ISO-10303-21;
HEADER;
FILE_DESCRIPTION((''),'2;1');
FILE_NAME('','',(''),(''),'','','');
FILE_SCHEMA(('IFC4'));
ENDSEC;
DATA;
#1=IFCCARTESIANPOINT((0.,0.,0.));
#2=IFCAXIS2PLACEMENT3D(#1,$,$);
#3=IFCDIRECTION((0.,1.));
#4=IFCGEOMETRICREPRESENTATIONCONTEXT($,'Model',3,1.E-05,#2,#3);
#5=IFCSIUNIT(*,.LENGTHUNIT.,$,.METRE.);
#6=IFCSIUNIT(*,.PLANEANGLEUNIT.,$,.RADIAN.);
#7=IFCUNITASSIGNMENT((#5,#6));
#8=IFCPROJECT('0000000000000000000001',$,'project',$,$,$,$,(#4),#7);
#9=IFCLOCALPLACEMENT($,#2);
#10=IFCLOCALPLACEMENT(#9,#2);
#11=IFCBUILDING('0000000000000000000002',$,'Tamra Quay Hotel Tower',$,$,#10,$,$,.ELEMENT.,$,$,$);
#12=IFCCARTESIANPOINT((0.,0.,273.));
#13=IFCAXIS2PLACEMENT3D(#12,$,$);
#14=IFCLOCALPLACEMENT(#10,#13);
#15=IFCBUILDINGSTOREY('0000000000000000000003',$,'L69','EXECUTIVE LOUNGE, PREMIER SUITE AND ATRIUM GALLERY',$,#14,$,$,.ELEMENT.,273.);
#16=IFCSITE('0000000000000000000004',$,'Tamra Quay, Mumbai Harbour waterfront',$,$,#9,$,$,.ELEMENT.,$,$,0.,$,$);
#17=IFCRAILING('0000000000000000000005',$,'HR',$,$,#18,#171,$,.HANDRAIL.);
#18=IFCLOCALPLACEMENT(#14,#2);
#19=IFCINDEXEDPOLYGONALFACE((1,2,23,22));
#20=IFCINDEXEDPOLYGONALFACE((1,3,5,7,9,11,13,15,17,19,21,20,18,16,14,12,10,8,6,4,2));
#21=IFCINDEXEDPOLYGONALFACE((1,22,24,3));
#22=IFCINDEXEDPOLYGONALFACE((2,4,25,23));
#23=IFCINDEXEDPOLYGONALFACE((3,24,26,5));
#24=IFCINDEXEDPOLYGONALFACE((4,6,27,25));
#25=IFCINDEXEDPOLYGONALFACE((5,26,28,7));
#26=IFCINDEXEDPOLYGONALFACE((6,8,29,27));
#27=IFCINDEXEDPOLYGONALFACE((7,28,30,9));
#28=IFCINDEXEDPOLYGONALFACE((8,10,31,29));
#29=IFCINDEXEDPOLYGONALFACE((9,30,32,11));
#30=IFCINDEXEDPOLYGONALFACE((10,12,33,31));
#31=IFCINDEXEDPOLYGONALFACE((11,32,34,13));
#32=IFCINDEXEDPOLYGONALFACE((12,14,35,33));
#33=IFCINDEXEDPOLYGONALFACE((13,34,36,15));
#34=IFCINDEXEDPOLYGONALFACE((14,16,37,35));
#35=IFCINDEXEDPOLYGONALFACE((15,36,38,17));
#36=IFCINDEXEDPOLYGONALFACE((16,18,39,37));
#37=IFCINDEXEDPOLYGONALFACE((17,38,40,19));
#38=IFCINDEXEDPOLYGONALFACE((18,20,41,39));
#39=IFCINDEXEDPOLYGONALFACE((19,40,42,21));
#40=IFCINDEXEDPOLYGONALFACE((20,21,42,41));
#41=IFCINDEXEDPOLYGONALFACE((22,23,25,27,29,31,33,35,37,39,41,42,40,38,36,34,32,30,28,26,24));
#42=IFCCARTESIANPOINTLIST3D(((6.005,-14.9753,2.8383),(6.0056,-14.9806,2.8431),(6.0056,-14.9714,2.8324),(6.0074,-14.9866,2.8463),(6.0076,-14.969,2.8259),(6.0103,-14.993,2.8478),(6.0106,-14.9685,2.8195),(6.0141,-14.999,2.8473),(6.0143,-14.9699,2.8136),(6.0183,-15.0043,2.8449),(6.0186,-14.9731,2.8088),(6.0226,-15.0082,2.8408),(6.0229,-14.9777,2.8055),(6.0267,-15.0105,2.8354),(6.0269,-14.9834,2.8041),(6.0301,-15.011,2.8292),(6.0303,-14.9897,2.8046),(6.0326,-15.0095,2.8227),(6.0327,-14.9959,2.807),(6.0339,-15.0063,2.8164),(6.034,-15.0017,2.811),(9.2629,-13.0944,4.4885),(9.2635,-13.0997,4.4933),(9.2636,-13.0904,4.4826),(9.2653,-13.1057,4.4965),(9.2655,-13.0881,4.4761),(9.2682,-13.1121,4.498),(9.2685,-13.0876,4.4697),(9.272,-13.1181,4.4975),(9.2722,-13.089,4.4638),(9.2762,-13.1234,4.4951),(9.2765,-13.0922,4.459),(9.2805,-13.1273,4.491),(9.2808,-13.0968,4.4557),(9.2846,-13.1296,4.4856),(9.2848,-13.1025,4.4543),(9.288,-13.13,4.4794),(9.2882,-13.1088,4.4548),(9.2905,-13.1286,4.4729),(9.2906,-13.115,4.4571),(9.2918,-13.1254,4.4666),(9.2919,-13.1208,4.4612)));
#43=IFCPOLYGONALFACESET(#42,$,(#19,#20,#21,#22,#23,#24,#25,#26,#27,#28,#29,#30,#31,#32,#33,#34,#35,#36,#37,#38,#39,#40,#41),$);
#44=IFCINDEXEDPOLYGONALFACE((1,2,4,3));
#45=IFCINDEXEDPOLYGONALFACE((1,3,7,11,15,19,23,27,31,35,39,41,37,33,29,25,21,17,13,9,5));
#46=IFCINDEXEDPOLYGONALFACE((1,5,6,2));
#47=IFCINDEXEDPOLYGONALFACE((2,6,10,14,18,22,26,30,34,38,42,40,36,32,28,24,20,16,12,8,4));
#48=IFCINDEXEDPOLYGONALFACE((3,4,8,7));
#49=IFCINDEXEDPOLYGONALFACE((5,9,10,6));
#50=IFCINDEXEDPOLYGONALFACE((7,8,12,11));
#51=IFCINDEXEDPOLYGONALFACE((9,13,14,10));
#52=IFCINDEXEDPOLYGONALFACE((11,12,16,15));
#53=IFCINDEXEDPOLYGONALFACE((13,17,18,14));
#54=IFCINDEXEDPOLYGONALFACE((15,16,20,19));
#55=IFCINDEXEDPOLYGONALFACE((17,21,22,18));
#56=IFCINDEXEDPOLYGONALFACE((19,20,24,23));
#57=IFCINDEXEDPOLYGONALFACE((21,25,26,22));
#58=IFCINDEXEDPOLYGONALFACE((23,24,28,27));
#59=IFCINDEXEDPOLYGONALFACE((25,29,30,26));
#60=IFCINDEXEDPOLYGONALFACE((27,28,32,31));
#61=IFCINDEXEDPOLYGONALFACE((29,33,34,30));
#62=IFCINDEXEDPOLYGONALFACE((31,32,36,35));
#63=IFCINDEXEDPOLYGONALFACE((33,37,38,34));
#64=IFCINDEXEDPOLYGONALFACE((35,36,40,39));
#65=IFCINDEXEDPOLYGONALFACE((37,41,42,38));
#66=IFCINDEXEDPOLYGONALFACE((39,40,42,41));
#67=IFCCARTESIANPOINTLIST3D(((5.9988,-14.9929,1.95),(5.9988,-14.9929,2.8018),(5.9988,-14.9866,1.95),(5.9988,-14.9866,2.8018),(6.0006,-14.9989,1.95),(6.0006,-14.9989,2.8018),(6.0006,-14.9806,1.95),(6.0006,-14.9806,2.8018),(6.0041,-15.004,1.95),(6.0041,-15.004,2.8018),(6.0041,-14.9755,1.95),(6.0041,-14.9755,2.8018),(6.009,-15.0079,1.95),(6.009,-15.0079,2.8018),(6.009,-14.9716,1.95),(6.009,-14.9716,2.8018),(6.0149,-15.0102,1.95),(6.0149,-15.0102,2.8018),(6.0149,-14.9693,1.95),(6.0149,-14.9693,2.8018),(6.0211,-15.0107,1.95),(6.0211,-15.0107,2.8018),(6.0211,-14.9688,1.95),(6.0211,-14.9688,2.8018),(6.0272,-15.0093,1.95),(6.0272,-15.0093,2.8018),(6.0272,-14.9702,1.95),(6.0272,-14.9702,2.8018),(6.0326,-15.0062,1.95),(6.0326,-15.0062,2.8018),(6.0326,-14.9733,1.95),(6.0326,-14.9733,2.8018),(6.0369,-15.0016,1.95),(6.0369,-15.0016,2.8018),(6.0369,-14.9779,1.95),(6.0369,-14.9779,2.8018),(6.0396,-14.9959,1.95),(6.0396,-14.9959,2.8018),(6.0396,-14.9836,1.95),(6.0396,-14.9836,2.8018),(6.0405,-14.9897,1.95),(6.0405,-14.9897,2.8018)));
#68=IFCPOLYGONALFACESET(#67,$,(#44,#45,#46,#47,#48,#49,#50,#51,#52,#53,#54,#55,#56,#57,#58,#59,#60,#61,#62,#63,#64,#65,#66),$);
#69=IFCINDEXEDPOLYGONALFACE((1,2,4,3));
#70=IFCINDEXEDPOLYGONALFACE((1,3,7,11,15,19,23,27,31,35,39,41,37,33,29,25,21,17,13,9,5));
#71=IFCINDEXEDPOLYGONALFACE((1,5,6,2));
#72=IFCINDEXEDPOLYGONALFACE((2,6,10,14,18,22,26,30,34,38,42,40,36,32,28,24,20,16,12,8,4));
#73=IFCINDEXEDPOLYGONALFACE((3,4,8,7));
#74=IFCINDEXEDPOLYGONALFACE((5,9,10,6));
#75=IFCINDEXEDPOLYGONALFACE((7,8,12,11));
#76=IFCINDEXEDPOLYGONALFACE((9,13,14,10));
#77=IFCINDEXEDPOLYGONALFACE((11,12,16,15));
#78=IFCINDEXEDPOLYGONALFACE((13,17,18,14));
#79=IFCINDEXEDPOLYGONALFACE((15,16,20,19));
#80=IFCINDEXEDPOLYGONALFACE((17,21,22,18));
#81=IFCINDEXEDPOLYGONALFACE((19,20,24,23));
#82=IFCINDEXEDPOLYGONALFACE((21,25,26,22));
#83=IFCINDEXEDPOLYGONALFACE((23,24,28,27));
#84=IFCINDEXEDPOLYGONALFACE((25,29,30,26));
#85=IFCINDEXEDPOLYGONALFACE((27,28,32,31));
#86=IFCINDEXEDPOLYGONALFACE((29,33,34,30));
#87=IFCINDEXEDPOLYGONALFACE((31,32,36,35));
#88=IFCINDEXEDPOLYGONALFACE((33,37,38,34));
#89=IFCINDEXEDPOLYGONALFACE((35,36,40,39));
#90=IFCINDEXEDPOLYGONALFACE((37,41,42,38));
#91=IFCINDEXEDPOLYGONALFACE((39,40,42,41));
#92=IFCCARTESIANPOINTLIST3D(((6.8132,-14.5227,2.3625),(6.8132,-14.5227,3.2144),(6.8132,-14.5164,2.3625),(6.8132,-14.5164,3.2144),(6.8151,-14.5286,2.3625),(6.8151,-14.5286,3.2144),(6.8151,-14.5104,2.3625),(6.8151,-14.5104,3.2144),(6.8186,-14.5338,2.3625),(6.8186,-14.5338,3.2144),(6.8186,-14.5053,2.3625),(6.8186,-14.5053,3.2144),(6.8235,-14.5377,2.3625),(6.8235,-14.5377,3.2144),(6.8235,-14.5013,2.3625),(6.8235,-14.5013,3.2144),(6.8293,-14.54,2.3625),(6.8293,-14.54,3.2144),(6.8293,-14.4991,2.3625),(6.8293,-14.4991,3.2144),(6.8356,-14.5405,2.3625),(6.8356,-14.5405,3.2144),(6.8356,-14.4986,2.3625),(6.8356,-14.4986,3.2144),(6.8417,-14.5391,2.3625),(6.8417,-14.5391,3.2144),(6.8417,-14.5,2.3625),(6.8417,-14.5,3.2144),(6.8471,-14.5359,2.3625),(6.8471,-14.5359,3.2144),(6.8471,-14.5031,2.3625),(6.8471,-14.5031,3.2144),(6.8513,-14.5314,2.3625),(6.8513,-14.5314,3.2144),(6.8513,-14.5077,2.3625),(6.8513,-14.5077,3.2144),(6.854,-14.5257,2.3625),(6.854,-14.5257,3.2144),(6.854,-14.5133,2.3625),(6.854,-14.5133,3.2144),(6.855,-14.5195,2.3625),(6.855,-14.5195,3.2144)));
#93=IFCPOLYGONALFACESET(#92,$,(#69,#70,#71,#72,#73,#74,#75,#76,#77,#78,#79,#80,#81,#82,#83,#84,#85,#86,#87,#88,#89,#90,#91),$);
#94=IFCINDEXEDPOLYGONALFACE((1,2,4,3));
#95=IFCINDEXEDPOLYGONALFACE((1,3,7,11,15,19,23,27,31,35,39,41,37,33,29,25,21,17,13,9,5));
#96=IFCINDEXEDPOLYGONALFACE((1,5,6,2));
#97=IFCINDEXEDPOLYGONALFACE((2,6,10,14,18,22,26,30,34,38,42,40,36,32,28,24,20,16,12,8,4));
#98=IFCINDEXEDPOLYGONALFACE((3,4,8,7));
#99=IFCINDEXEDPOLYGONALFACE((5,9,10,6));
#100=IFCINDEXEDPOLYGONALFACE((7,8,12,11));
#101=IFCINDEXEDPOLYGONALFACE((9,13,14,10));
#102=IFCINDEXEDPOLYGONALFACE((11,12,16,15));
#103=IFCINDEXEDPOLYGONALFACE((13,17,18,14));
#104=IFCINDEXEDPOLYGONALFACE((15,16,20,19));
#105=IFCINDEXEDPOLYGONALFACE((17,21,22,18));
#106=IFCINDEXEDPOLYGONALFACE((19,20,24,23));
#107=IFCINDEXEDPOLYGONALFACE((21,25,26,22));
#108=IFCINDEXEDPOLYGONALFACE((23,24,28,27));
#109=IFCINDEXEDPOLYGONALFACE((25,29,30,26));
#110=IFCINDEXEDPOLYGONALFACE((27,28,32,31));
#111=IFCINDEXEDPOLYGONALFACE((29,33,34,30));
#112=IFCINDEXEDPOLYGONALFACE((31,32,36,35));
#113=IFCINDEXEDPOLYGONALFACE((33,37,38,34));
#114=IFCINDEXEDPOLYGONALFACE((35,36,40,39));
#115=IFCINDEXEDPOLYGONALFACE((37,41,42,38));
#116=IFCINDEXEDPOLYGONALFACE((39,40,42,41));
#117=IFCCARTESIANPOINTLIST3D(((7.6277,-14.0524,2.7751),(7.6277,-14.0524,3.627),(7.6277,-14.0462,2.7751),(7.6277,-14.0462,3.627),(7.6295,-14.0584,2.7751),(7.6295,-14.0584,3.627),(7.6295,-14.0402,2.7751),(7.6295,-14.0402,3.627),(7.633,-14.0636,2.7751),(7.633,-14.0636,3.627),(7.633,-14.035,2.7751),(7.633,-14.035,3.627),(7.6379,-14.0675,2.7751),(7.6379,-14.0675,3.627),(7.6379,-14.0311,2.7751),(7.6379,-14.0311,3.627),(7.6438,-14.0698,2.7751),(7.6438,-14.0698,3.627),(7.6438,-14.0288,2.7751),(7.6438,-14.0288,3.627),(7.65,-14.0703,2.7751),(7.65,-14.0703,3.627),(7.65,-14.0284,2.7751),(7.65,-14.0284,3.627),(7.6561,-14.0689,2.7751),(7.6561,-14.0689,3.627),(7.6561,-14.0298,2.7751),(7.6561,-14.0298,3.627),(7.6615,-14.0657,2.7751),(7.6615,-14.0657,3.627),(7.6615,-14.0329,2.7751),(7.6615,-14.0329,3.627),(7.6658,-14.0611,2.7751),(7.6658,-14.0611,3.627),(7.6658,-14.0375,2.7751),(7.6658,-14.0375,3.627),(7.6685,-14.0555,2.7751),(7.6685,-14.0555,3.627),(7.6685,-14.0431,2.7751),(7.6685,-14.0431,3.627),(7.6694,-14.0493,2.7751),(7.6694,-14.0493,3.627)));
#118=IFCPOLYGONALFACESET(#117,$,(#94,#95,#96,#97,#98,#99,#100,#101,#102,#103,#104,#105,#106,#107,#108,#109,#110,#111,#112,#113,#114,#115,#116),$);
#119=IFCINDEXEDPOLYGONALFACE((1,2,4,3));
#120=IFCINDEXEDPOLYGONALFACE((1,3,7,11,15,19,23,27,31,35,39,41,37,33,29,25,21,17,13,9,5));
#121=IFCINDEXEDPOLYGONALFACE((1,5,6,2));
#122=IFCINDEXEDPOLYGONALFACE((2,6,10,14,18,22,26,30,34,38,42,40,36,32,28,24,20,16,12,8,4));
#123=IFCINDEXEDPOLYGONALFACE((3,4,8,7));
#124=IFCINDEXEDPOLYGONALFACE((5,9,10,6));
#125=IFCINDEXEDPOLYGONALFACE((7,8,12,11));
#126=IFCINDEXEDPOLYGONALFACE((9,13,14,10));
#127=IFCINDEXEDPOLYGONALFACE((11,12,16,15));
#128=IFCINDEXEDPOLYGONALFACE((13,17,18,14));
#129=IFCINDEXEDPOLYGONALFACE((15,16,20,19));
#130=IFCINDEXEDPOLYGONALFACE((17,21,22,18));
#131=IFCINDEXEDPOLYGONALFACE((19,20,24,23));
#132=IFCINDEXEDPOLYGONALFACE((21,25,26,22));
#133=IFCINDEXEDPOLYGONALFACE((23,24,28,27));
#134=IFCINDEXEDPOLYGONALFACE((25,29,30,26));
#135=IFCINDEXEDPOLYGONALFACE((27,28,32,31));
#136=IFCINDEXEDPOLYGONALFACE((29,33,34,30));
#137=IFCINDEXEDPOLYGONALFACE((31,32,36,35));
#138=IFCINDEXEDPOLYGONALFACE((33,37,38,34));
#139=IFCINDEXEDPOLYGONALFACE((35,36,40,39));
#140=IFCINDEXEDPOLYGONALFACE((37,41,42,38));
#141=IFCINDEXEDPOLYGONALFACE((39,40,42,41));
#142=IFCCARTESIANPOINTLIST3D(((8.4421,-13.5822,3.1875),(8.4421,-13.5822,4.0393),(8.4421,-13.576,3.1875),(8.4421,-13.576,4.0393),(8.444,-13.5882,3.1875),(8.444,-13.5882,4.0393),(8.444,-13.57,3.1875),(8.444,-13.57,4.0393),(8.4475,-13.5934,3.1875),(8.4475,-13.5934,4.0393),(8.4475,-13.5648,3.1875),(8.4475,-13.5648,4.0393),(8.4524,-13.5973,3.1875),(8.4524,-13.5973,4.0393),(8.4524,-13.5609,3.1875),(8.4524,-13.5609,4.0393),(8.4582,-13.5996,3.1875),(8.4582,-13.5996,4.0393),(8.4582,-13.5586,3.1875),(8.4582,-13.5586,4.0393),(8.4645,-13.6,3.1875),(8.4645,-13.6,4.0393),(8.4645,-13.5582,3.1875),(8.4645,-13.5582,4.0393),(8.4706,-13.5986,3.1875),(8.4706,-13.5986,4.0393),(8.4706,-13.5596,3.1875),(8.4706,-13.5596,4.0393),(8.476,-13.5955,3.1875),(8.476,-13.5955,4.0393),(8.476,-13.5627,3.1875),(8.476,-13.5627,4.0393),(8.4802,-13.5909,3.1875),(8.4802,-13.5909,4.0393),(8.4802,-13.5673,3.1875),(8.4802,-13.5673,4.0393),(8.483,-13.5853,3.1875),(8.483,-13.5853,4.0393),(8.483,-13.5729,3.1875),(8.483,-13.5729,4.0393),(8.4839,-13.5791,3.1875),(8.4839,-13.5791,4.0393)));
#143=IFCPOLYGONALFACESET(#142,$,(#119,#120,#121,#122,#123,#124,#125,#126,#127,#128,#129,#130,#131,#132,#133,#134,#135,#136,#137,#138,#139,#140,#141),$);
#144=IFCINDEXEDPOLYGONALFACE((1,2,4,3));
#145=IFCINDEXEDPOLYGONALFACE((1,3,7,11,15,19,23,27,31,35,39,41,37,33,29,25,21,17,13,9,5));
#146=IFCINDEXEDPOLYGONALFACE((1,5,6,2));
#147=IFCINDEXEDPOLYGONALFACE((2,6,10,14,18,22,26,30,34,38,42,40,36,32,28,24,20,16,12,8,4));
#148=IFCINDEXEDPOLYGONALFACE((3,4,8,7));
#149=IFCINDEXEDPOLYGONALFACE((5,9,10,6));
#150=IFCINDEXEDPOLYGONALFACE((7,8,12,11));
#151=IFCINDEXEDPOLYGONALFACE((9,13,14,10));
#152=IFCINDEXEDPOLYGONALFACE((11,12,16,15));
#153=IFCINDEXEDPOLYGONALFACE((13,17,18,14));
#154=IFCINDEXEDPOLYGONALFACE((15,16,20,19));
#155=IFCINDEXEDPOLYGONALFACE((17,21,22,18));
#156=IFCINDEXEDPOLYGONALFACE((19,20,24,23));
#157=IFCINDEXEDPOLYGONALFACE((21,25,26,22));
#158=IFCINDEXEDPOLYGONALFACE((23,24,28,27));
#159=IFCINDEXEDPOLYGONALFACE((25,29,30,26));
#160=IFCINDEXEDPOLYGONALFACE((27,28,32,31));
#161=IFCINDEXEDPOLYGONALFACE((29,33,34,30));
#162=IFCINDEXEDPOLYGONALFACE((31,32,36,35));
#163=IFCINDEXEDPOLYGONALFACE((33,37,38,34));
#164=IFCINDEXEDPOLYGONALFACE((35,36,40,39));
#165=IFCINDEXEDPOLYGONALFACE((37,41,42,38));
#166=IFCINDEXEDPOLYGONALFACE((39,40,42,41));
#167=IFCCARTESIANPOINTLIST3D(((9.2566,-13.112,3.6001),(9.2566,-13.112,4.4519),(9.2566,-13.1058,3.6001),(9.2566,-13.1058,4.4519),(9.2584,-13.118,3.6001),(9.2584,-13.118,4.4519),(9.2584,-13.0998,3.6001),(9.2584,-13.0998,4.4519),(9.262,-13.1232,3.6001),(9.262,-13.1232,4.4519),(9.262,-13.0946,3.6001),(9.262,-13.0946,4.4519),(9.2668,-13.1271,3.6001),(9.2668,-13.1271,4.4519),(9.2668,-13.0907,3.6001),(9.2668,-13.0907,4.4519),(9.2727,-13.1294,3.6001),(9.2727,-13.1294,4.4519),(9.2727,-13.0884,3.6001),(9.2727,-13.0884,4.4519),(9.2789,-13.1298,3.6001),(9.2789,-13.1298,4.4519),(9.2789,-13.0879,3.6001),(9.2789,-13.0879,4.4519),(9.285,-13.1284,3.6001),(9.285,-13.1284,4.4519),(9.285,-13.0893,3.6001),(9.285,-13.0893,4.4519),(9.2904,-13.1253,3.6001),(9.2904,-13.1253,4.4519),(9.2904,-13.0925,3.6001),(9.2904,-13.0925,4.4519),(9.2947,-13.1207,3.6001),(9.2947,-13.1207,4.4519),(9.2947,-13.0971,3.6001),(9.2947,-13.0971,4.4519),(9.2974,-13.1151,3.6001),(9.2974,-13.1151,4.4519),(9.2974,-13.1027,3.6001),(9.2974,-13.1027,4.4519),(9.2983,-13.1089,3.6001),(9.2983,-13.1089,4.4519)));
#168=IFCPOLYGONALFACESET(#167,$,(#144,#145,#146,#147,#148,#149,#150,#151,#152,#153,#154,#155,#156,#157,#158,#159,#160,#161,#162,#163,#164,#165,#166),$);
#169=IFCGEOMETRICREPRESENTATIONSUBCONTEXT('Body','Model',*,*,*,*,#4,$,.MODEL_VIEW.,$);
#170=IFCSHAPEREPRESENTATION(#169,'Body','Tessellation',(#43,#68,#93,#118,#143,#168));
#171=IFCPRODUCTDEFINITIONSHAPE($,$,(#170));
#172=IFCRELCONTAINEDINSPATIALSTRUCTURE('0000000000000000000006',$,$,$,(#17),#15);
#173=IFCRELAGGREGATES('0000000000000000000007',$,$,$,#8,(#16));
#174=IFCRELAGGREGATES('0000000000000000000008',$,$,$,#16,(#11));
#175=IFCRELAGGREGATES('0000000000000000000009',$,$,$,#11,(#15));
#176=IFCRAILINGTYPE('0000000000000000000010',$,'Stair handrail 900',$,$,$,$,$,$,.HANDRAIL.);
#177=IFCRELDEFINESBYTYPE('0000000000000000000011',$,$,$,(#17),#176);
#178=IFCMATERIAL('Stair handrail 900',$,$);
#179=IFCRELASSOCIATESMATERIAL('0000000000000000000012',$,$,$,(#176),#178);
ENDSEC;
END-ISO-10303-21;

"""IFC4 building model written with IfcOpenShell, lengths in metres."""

from ifc_helpers import new_model, si_unit, direction, frame, origin, origin_2d, place, context, subcontext, project, spatial, circle, extrude, material, type_object, element, save


model = new_model("IFC4")

# Units and contexts
model_context = context("Model", 3, precision=1e-05, world=origin(), true_north=direction((0.0, 1.0)))
body_context = subcontext(model_context, "Body", "Model", "MODEL_VIEW")
ifc_project = project(units=[si_unit("LENGTHUNIT", "METRE"), si_unit("PLANEANGLEUNIT", "RADIAN")], contexts=[model_context])

# Site, building, storey
site_placement = place(None, origin())
site = spatial("IfcSite", under=ifc_project, at=site_placement, Name="Tamra Quay, Mumbai Harbour waterfront", CompositionType="ELEMENT", RefElevation=0.0)
building_placement = place(site_placement, origin())
building = spatial("IfcBuilding", under=site, at=building_placement, Name="Tamra Quay Hotel Tower", CompositionType="ELEMENT")
storey_placement = place(building_placement, frame((0.0, 0.0, 273.0)))
storey = spatial("IfcBuildingStorey", under=building, at=storey_placement, Name="L69", Description="EXECUTIVE LOUNGE, PREMIER SUITE AND ATRIUM GALLERY", CompositionType="ELEMENT", Elevation=273.0)

# Railing
ifc_material_1 = material(Name="Stair handrail 900")
railing_type = type_object("IfcRailingType", Name="Stair handrail 900", PredefinedType="HANDRAIL", material=ifc_material_1)
railing_placement = place(storey_placement, frame((6.0195, -14.9897, 1.95)))
element("IfcRailing", 1, at=railing_placement, inside=storey, type_object=railing_type, Name="HR", PredefinedType="HANDRAIL", context=body_context, shape_type="SweptSolid", body=[
    extrude(circle(Radius=0.0239, at=origin_2d()), frame((0.0, 0.0, 0.876), z_axis=(0.793081, 0.457876, 0.401711), x_axis=(-0.499992, 0.86603, 0.0)), (0.0, 0.0, 1.0), 4.1079),
    extrude(circle(Radius=0.021, at=origin_2d()), origin(), (0.0, 0.0, 1.0), 0.8518),
    extrude(circle(Radius=0.021, at=origin_2d()), frame((0.8145, 0.4702, 0.4126)), (0.0, 0.0, 1.0), 0.8518),
    extrude(circle(Radius=0.021, at=origin_2d()), frame((1.6289, 0.9404, 0.8252)), (0.0, 0.0, 1.0), 0.8518),
    extrude(circle(Radius=0.021, at=origin_2d()), frame((2.4434, 1.4106, 1.2375)), (0.0, 0.0, 1.0), 0.8518),
    extrude(circle(Radius=0.021, at=origin_2d()), frame((3.2578, 1.8809, 1.6501)), (0.0, 0.0, 1.0), 0.8518),
])

save(model, "model.ifc")
